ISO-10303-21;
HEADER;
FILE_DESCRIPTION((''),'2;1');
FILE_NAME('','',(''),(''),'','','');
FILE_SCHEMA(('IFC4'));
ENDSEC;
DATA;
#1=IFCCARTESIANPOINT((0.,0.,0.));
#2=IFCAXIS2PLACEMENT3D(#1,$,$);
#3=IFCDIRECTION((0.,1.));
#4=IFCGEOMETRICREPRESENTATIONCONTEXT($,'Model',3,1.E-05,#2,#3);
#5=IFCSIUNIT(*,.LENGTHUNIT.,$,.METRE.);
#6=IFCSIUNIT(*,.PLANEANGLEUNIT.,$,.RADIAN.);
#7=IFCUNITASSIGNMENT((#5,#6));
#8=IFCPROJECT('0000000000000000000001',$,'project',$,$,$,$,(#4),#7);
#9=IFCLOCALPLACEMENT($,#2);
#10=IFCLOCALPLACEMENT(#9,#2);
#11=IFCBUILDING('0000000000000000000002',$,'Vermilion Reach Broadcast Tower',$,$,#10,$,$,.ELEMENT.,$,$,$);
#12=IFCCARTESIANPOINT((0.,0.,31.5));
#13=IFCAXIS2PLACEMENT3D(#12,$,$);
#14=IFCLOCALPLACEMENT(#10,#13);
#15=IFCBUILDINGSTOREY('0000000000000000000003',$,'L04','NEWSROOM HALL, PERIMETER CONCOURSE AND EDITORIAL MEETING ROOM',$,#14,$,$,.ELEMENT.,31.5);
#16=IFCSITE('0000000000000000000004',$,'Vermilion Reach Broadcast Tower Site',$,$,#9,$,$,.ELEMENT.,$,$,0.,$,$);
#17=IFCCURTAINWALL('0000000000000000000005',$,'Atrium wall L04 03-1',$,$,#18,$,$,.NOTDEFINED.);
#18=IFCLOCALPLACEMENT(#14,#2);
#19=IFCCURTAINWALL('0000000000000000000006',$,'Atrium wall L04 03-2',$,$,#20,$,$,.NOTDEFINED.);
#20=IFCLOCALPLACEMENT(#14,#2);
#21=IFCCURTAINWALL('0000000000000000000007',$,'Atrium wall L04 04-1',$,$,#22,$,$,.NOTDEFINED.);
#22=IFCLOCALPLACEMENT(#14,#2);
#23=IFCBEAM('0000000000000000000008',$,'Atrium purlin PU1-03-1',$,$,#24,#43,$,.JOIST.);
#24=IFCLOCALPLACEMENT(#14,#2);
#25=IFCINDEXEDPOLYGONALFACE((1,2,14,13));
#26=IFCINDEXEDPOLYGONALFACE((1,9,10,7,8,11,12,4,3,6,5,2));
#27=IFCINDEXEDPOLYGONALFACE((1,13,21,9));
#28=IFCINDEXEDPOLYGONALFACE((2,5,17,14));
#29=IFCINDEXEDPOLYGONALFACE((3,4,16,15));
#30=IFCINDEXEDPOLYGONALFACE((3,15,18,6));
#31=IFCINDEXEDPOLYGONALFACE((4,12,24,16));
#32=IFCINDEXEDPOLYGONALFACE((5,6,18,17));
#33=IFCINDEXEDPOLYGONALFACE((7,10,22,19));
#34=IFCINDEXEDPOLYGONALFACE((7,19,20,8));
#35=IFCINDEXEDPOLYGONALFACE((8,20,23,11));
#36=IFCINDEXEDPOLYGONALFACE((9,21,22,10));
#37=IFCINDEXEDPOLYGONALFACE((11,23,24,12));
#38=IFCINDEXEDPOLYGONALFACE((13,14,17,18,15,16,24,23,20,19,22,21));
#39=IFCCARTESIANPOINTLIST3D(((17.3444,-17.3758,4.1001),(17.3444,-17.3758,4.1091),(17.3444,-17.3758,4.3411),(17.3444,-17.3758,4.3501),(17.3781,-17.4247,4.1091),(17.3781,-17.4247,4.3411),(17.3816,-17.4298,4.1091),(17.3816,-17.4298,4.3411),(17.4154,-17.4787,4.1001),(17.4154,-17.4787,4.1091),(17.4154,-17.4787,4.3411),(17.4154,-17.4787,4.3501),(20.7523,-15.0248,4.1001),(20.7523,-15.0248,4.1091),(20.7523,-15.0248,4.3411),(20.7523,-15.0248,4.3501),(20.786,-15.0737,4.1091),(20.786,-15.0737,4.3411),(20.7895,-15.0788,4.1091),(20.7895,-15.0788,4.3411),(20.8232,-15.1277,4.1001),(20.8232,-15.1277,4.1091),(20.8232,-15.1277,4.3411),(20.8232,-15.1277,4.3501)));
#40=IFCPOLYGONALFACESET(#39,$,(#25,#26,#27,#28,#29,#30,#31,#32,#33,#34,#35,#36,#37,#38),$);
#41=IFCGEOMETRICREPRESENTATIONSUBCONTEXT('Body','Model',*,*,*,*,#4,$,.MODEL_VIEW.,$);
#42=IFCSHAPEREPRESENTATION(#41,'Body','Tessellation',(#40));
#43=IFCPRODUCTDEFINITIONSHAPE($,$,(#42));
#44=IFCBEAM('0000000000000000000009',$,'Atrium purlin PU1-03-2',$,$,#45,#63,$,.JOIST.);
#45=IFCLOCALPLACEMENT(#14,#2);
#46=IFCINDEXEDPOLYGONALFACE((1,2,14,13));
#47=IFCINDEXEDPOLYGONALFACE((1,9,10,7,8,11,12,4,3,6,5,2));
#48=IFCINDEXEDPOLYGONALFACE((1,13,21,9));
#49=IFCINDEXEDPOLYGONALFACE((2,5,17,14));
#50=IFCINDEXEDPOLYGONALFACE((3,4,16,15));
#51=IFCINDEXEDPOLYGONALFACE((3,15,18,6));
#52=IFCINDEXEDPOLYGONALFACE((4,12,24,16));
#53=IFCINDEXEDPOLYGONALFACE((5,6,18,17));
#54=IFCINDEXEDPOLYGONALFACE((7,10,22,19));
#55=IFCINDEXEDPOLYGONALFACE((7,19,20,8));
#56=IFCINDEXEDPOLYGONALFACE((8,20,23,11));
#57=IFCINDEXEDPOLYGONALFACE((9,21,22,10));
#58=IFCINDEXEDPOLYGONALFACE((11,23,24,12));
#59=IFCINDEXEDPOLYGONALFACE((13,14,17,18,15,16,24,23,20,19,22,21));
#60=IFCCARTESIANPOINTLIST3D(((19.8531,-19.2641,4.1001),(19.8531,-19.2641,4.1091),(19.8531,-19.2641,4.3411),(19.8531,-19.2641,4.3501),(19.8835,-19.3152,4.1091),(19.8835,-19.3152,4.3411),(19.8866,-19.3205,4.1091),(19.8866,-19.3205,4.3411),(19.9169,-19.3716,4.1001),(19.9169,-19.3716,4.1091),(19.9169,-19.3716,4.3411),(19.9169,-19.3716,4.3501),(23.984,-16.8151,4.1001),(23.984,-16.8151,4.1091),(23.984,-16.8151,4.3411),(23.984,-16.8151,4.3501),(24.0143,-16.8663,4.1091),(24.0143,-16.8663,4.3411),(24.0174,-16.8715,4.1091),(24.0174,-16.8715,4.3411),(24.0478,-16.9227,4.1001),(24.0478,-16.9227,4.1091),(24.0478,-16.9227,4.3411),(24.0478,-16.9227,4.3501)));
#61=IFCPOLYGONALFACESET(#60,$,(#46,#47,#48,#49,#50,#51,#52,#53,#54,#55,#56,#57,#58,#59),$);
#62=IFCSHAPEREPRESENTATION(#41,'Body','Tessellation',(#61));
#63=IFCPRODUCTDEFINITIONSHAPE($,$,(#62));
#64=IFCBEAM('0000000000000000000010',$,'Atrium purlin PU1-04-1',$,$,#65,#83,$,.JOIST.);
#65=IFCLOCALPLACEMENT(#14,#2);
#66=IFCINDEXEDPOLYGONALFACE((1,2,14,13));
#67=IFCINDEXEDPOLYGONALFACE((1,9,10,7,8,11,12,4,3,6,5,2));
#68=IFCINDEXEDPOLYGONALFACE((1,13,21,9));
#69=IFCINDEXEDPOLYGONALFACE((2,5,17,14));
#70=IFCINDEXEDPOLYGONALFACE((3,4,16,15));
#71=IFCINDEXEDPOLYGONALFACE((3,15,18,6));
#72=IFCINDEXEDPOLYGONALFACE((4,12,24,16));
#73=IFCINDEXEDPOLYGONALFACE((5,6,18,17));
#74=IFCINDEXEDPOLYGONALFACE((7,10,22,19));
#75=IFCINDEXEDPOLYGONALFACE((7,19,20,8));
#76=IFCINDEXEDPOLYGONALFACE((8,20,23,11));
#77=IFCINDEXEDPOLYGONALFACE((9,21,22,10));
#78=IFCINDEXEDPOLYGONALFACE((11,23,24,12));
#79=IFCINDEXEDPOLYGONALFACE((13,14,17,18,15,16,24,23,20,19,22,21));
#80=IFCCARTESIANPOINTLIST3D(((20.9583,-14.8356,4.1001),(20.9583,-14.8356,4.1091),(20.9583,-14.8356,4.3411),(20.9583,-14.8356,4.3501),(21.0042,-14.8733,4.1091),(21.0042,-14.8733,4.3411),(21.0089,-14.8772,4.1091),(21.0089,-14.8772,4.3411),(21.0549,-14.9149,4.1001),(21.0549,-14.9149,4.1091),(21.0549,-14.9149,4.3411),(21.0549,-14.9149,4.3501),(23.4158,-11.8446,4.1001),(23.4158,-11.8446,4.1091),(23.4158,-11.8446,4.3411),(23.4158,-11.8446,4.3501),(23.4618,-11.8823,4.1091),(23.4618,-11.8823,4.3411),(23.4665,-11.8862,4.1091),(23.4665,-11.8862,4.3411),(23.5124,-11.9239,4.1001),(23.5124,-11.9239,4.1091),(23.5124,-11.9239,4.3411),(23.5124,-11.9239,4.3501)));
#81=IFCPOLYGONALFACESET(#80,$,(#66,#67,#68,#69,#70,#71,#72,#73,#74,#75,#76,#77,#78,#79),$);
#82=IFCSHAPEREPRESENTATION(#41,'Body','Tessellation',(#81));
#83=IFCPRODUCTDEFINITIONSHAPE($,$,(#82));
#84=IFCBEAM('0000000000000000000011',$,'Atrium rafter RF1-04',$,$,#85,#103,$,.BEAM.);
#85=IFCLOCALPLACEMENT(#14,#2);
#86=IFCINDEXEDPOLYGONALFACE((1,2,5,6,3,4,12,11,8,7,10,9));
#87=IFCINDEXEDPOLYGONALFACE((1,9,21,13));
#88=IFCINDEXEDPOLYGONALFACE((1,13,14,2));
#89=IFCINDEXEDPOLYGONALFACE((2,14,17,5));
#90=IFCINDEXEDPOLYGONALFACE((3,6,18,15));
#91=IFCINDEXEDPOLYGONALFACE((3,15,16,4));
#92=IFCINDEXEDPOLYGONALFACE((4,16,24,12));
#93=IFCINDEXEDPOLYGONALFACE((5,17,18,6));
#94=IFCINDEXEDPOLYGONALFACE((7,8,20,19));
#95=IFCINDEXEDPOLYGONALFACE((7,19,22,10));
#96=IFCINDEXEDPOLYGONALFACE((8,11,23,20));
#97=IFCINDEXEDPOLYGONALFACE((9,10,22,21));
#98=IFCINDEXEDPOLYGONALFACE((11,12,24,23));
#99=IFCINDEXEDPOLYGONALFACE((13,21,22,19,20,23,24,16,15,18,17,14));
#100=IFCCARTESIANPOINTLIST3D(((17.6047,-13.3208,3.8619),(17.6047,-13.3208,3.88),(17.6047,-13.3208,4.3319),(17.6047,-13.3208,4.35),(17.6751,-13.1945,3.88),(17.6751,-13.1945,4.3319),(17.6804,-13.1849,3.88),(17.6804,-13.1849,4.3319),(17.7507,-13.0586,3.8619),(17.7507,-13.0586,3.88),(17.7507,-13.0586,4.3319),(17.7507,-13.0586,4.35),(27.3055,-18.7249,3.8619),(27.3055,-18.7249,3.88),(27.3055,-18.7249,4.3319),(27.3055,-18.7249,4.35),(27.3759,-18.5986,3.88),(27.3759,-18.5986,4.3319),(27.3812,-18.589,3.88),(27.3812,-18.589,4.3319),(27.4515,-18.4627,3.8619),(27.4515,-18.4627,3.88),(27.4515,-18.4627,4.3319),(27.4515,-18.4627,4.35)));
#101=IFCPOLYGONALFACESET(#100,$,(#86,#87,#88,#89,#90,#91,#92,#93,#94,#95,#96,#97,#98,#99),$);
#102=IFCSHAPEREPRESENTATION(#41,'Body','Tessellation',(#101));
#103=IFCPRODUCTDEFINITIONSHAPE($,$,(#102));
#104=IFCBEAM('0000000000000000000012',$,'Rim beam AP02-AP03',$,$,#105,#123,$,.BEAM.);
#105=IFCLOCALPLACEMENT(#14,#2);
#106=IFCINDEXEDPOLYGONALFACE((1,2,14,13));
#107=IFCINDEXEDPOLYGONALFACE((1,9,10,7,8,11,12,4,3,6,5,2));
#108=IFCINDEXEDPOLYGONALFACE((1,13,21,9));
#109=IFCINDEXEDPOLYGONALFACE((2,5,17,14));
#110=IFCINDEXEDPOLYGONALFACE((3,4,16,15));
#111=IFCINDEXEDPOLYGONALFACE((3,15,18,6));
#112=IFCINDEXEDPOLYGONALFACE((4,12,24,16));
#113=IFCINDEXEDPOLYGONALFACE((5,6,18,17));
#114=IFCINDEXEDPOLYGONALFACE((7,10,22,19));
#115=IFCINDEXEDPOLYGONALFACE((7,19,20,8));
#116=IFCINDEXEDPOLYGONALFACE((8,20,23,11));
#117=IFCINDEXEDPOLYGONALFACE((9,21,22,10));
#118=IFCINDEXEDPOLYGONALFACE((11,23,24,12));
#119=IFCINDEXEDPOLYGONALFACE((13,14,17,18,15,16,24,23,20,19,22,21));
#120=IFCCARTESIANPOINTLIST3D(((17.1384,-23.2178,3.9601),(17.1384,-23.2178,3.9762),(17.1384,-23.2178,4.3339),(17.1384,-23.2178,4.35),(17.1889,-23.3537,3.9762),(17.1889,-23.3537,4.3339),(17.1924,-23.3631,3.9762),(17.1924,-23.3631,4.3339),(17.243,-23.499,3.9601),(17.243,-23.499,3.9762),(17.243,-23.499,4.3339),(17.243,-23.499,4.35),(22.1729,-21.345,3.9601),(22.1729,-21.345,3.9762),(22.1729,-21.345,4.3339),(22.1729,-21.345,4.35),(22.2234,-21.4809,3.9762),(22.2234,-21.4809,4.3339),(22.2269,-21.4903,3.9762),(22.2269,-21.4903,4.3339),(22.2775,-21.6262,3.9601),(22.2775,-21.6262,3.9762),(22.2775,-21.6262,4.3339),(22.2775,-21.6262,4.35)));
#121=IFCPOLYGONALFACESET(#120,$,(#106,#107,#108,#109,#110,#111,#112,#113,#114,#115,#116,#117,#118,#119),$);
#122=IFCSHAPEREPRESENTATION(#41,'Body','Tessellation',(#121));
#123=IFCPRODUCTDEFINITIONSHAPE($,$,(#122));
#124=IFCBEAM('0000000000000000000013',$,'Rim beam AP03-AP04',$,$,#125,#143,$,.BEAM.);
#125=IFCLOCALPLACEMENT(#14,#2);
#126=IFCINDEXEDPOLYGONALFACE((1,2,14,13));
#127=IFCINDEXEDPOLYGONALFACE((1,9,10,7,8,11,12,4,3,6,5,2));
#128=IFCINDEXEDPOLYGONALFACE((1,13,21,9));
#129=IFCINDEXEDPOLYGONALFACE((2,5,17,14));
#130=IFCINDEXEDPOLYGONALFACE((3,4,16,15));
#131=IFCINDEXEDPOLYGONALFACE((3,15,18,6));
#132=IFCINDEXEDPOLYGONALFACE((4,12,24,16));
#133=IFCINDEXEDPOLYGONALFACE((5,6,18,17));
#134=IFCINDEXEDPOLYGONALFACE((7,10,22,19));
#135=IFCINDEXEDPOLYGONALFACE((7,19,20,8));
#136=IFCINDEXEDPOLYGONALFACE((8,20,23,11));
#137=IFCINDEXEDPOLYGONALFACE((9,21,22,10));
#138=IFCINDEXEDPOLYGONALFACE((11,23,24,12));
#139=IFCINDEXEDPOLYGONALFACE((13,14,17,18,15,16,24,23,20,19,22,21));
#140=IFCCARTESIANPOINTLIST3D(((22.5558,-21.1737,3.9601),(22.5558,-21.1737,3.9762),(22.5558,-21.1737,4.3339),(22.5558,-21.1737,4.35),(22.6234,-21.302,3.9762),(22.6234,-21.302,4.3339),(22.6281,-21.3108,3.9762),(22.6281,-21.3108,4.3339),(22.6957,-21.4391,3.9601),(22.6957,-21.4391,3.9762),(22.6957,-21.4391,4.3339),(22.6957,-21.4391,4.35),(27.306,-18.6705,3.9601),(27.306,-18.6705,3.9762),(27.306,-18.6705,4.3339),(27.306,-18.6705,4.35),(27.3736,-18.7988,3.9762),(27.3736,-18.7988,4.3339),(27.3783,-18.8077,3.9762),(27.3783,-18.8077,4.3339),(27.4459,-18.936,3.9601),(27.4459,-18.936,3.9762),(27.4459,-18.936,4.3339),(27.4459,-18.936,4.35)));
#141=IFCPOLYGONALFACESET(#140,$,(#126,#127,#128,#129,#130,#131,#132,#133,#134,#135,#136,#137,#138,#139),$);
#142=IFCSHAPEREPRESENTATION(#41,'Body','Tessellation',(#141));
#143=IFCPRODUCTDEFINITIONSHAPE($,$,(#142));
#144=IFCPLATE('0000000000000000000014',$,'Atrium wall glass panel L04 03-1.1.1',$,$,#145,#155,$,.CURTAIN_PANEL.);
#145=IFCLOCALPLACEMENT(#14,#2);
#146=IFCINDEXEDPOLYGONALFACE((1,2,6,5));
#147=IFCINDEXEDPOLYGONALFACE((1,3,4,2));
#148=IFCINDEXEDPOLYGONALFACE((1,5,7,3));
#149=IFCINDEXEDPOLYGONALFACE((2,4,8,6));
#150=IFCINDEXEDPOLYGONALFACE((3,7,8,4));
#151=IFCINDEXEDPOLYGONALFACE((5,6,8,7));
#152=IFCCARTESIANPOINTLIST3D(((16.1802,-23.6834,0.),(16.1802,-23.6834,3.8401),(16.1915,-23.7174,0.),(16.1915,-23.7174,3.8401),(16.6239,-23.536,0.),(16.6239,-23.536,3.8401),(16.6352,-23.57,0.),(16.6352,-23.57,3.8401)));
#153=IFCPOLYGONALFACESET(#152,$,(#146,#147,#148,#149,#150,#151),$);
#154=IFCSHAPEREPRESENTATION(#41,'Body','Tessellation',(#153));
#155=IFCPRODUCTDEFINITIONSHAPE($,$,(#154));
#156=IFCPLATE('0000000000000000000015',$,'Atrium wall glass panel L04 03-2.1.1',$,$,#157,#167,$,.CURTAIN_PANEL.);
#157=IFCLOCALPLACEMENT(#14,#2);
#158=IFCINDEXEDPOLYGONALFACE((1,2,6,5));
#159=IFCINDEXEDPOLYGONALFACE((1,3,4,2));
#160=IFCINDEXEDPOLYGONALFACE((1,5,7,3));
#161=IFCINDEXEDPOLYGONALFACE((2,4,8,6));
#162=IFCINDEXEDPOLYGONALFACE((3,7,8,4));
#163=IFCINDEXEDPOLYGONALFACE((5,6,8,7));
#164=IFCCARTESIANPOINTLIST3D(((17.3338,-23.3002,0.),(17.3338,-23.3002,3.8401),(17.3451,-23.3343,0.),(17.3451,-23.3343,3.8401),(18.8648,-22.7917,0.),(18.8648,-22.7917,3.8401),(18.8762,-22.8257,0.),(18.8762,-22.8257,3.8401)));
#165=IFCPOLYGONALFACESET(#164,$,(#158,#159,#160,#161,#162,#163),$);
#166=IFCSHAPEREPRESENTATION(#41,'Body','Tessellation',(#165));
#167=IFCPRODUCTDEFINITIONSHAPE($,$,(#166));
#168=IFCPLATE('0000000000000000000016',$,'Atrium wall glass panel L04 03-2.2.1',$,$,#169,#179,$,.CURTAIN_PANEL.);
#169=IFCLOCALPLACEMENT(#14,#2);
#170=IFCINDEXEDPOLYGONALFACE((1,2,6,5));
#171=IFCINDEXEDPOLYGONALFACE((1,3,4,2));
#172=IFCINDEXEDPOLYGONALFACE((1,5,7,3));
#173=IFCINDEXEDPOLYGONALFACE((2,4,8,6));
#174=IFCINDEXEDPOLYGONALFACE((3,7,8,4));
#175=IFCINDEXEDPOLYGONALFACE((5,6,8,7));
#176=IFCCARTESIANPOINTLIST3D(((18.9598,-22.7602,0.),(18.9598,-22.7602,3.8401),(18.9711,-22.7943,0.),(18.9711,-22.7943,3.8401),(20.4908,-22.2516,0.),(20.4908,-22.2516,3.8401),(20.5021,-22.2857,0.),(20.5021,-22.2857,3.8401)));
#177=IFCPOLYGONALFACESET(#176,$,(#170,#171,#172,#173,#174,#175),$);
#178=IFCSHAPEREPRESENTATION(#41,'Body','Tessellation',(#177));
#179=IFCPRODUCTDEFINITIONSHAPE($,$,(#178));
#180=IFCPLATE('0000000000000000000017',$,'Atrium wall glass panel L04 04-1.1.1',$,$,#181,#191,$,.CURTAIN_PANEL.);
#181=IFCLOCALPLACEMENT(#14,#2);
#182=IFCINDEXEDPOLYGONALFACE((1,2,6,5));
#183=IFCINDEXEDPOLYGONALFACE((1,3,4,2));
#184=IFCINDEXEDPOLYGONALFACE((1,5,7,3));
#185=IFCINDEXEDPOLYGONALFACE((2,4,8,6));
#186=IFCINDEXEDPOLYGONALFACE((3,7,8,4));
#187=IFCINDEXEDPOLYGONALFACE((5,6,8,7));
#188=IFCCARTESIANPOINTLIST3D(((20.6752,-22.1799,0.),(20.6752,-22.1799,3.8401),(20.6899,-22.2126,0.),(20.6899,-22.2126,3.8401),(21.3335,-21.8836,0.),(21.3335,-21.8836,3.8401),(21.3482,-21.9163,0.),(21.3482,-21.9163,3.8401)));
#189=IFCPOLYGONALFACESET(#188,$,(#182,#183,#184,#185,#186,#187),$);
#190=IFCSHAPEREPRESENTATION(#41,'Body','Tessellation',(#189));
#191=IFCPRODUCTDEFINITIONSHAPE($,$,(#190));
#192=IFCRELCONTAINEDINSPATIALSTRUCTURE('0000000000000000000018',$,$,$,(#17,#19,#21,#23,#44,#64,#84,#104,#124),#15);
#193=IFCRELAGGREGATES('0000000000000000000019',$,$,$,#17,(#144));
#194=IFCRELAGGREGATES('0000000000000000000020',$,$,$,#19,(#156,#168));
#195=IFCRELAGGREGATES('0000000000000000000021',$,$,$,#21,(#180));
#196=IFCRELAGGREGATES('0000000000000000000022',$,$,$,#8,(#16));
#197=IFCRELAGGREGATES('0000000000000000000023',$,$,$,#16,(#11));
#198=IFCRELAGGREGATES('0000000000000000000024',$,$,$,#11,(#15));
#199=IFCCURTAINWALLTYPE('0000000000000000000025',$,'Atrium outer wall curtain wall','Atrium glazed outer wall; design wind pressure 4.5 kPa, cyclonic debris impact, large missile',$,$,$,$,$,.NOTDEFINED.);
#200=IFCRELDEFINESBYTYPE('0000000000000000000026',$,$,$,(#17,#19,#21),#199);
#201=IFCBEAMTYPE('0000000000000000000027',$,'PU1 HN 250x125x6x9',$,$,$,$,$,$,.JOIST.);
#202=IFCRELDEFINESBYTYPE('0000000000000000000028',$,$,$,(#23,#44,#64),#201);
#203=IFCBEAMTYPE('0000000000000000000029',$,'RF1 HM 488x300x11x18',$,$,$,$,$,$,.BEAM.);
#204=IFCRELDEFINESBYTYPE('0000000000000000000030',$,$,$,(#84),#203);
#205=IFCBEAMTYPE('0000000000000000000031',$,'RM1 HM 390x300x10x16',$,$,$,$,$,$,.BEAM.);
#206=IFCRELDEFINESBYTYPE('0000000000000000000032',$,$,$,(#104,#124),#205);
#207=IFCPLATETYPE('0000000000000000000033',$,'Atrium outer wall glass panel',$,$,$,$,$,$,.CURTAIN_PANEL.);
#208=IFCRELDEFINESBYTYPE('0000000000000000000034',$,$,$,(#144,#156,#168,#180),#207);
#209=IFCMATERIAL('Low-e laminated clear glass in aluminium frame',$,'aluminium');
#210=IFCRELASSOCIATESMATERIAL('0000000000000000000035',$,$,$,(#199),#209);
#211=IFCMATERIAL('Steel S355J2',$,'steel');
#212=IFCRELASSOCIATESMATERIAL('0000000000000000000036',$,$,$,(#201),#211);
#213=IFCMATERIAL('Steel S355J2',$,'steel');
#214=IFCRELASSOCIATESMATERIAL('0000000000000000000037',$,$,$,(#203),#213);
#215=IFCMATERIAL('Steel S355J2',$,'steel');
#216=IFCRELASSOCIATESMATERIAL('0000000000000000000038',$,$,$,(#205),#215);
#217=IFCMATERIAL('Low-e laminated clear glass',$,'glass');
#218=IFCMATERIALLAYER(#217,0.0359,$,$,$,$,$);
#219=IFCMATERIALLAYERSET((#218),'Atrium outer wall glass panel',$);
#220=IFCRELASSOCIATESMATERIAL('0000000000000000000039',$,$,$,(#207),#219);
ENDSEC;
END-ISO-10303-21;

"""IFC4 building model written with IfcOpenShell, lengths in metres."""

from ifc_helpers import new_model, si_unit, direction, frame, origin, origin_2d, place, context, subcontext, project, spatial, rectangle, i_section, extrude, material, layer, layer_set, material_profile, profile_set, type_object, element, aggregate, save


model = new_model("IFC4")

# Units and contexts
model_context = context("Model", 3, precision=1e-05, world=origin(), true_north=direction((0.0, 1.0)))
body_context = subcontext(model_context, "Body", "Model", "MODEL_VIEW")
ifc_project = project(units=[si_unit("LENGTHUNIT", "METRE"), si_unit("PLANEANGLEUNIT", "RADIAN")], contexts=[model_context])

# Site, building, storey
site_placement = place(None, origin())
site = spatial("IfcSite", under=ifc_project, at=site_placement, Name="Vermilion Reach Broadcast Tower Site", CompositionType="ELEMENT", RefElevation=0.0)
building_placement = place(site_placement, origin())
building = spatial("IfcBuilding", under=site, at=building_placement, Name="Vermilion Reach Broadcast Tower", CompositionType="ELEMENT")
storey_placement = place(building_placement, frame((0.0, 0.0, 31.5)))
storey = spatial("IfcBuildingStorey", under=building, at=storey_placement, Name="L04", Description="NEWSROOM HALL, PERIMETER CONCOURSE AND EDITORIAL MEETING ROOM", CompositionType="ELEMENT", Elevation=31.5)

# Curtain wall
ifc_material_1 = material(Name="Low-e laminated clear glass in aluminium frame", Category="aluminium")
curtain_wall_type_1 = type_object("IfcCurtainWallType", Name="Atrium outer wall curtain wall", Description="Atrium glazed outer wall; design wind pressure 4.5 kPa, cyclonic debris impact, large missile", PredefinedType="NOTDEFINED", material=ifc_material_1)
placement = place(storey_placement, origin())
curtain_wall_1 = element("IfcCurtainWall", 1, at=placement, inside=storey, type_object=curtain_wall_type_1, Name="Atrium wall L04 03-1", PredefinedType="NOTDEFINED")

# Curtain walls
curtain_wall_2 = element("IfcCurtainWall", 2, at=placement, inside=storey, type_object=curtain_wall_type_1, Name="Atrium wall L04 03-2", PredefinedType="NOTDEFINED")
curtain_wall_3 = element("IfcCurtainWall", 3, at=placement, inside=storey, type_object=curtain_wall_type_1, Name="Atrium wall L04 04-1", PredefinedType="NOTDEFINED")

# Beams
ifc_material_2 = material(Name="Steel S355J2", Category="steel")
ifc_material_profile_1 = material_profile(ifc_material_2, i_section(OverallWidth=0.125, OverallDepth=0.25, WebThickness=0.0061, FlangeThickness=0.009, at=origin_2d()), Name="S355J2 HN 250x125x6x9")
ifc_profile_set_1 = profile_set([ifc_material_profile_1], Name="Steel S355J2")
beam_type_1 = type_object("IfcBeamType", Name="PU1 HN 250x125x6x9", PredefinedType="JOIST", material=ifc_profile_set_1)
beam_1_placement = place(storey_placement, frame((17.3799, -17.4272, 4.2251), z_axis=(0.823127, 0.567857, 0.0), x_axis=(-0.567857, 0.823127, 0.0)))
element("IfcBeam", 4, at=beam_1_placement, inside=storey, type_object=beam_type_1, Name="Atrium purlin PU1-03-1", PredefinedType="JOIST", context=body_context, shape_type="SweptSolid", body=[
    extrude(i_section(OverallWidth=0.125, OverallDepth=0.25, WebThickness=0.0061, FlangeThickness=0.009, at=origin_2d()), origin(), (0.0, 0.0, 1.0), 4.1401),
])
beam_2_placement = place(storey_placement, frame((19.885, -19.3179, 4.2251), z_axis=(0.860195, 0.509965, 0.0), x_axis=(-0.509965, 0.860195, 0.0)))
element("IfcBeam", 5, at=beam_2_placement, inside=storey, type_object=beam_type_1, Name="Atrium purlin PU1-03-2", PredefinedType="JOIST", context=body_context, shape_type="SweptSolid", body=[
    extrude(i_section(OverallWidth=0.125, OverallDepth=0.25, WebThickness=0.0061, FlangeThickness=0.009, at=origin_2d()), origin(), (0.0, 0.0, 1.0), 4.8022),
])
beam_3_placement = place(storey_placement, frame((21.0066, -14.8752, 4.2251), z_axis=(0.63484, 0.772643, 0.0), x_axis=(-0.772643, 0.63484, 0.0)))
element("IfcBeam", 6, at=beam_3_placement, inside=storey, type_object=beam_type_1, Name="Atrium purlin PU1-04-1", PredefinedType="JOIST", context=body_context, shape_type="SweptSolid", body=[
    extrude(i_section(OverallWidth=0.125, OverallDepth=0.25, WebThickness=0.0061, FlangeThickness=0.009, at=origin_2d()), origin(), (0.0, 0.0, 1.0), 3.8711),
])
ifc_material_3 = material(Name="Steel S355J2", Category="steel")
ifc_material_profile_2 = material_profile(ifc_material_3, i_section(OverallWidth=0.3, OverallDepth=0.488, WebThickness=0.011, FlangeThickness=0.0181, at=origin_2d()), Name="S355J2 HM 488x300x11x18")
ifc_profile_set_2 = profile_set([ifc_material_profile_2], Name="Steel S355J2")
beam_type_2 = type_object("IfcBeamType", Name="RF1 HM 488x300x11x18", PredefinedType="BEAM", material=ifc_profile_set_2)
beam_4_placement = place(storey_placement, frame((17.6777, -13.1897, 4.106), z_axis=(0.873591, -0.48666, 0.0), x_axis=(0.48666, 0.873591, 0.0)))
element("IfcBeam", 7, at=beam_4_placement, inside=storey, type_object=beam_type_2, Name="Atrium rafter RF1-04", PredefinedType="BEAM", context=body_context, shape_type="SweptSolid", body=[
    extrude(i_section(OverallWidth=0.3, OverallDepth=0.488, WebThickness=0.011, FlangeThickness=0.0181, at=origin_2d()), origin(), (0.0, 0.0, 1.0), 11.1045),
])
ifc_material_4 = material(Name="Steel S355J2", Category="steel")
ifc_material_profile_3 = material_profile(ifc_material_4, i_section(OverallWidth=0.3, OverallDepth=0.3899, WebThickness=0.01, FlangeThickness=0.0161, at=origin_2d()), Name="S355J2 HM 390x300x10x16")
ifc_profile_set_3 = profile_set([ifc_material_profile_3], Name="Steel S355J2")
beam_type_3 = type_object("IfcBeamType", Name="RM1 HM 390x300x10x16", PredefinedType="BEAM", material=ifc_profile_set_3)
beam_5_placement = place(storey_placement, frame((17.1907, -23.3584, 4.155), z_axis=(0.937251, 0.348657, 0.0), x_axis=(-0.348657, 0.937251, 0.0)))
element("IfcBeam", 8, at=beam_5_placement, inside=storey, type_object=beam_type_3, Name="Rim beam AP02-AP03", PredefinedType="BEAM", context=body_context, shape_type="SweptSolid", body=[
    extrude(i_section(OverallWidth=0.3, OverallDepth=0.3899, WebThickness=0.01, FlangeThickness=0.0161, at=origin_2d()), origin(), (0.0, 0.0, 1.0), 5.3716),
])
beam_6_placement = place(storey_placement, frame((22.6257, -21.3064, 4.155), z_axis=(0.884684, 0.466191, 0.0), x_axis=(-0.466191, 0.884684, 0.0)))
element("IfcBeam", 9, at=beam_6_placement, inside=storey, type_object=beam_type_3, Name="Rim beam AP03-AP04", PredefinedType="BEAM", context=body_context, shape_type="SweptSolid", body=[
    extrude(i_section(OverallWidth=0.3, OverallDepth=0.3899, WebThickness=0.01, FlangeThickness=0.0161, at=origin_2d()), origin(), (0.0, 0.0, 1.0), 5.3694),
])

# Plates
ifc_material_5 = material(Name="Low-e laminated clear glass", Category="glass")
ifc_layer_1 = layer(ifc_material_5, 0.0359)
ifc_layer_set_1 = layer_set([ifc_layer_1], Name="Atrium outer wall glass panel")
plate_type_1 = type_object("IfcPlateType", Name="Atrium outer wall glass panel", PredefinedType="CURTAIN_PANEL", material=ifc_layer_set_1)
plate_1_placement = place(storey_placement, frame((16.4077, -23.6267, 0.0), z_axis=(0.0, 0.0, 1.0), x_axis=(0.949016, 0.315228, 0.0)))
plate_1 = element("IfcPlate", 10, at=plate_1_placement, type_object=plate_type_1, Name="Atrium wall glass panel L04 03-1.1.1", PredefinedType="CURTAIN_PANEL", context=body_context, shape_type="SweptSolid", body=[
    extrude(rectangle(XDim=0.4675, YDim=0.0359, at=origin_2d()), origin(), (0.0, 0.0, 1.0), 3.8401),
])
aggregate(curtain_wall_1, [plate_1])
plate_2_placement = place(storey_placement, frame((18.105, -23.063, 0.0), z_axis=(0.0, 0.0, 1.0), x_axis=(0.949016, 0.315228, 0.0)))
plate_2 = element("IfcPlate", 11, at=plate_2_placement, type_object=plate_type_1, Name="Atrium wall glass panel L04 03-2.1.1", PredefinedType="CURTAIN_PANEL", context=body_context, shape_type="SweptSolid", body=[
    extrude(rectangle(XDim=1.6133, YDim=0.0359, at=origin_2d()), origin(), (0.0, 0.0, 1.0), 3.8401),
])
plate_3_placement = place(storey_placement, frame((19.731, -22.5229, 0.0), z_axis=(0.0, 0.0, 1.0), x_axis=(0.949016, 0.315228, 0.0)))
plate_3 = element("IfcPlate", 12, at=plate_3_placement, type_object=plate_type_1, Name="Atrium wall glass panel L04 03-2.2.1", PredefinedType="CURTAIN_PANEL", context=body_context, shape_type="SweptSolid", body=[
    extrude(rectangle(XDim=1.6133, YDim=0.0359, at=origin_2d()), origin(), (0.0, 0.0, 1.0), 3.8401),
])
aggregate(curtain_wall_2, [plate_2, plate_3])
plate_4_placement = place(storey_placement, frame((21.0117, -22.0481, 0.0), z_axis=(0.0, 0.0, 1.0), x_axis=(0.911902, 0.410408, 0.0)))
plate_4 = element("IfcPlate", 13, at=plate_4_placement, type_object=plate_type_1, Name="Atrium wall glass panel L04 04-1.1.1", PredefinedType="CURTAIN_PANEL", context=body_context, shape_type="SweptSolid", body=[
    extrude(rectangle(XDim=0.7219, YDim=0.0359, at=origin_2d()), origin(), (0.0, 0.0, 1.0), 3.8401),
])
aggregate(curtain_wall_3, [plate_4])

save(model, "model.ifc")
